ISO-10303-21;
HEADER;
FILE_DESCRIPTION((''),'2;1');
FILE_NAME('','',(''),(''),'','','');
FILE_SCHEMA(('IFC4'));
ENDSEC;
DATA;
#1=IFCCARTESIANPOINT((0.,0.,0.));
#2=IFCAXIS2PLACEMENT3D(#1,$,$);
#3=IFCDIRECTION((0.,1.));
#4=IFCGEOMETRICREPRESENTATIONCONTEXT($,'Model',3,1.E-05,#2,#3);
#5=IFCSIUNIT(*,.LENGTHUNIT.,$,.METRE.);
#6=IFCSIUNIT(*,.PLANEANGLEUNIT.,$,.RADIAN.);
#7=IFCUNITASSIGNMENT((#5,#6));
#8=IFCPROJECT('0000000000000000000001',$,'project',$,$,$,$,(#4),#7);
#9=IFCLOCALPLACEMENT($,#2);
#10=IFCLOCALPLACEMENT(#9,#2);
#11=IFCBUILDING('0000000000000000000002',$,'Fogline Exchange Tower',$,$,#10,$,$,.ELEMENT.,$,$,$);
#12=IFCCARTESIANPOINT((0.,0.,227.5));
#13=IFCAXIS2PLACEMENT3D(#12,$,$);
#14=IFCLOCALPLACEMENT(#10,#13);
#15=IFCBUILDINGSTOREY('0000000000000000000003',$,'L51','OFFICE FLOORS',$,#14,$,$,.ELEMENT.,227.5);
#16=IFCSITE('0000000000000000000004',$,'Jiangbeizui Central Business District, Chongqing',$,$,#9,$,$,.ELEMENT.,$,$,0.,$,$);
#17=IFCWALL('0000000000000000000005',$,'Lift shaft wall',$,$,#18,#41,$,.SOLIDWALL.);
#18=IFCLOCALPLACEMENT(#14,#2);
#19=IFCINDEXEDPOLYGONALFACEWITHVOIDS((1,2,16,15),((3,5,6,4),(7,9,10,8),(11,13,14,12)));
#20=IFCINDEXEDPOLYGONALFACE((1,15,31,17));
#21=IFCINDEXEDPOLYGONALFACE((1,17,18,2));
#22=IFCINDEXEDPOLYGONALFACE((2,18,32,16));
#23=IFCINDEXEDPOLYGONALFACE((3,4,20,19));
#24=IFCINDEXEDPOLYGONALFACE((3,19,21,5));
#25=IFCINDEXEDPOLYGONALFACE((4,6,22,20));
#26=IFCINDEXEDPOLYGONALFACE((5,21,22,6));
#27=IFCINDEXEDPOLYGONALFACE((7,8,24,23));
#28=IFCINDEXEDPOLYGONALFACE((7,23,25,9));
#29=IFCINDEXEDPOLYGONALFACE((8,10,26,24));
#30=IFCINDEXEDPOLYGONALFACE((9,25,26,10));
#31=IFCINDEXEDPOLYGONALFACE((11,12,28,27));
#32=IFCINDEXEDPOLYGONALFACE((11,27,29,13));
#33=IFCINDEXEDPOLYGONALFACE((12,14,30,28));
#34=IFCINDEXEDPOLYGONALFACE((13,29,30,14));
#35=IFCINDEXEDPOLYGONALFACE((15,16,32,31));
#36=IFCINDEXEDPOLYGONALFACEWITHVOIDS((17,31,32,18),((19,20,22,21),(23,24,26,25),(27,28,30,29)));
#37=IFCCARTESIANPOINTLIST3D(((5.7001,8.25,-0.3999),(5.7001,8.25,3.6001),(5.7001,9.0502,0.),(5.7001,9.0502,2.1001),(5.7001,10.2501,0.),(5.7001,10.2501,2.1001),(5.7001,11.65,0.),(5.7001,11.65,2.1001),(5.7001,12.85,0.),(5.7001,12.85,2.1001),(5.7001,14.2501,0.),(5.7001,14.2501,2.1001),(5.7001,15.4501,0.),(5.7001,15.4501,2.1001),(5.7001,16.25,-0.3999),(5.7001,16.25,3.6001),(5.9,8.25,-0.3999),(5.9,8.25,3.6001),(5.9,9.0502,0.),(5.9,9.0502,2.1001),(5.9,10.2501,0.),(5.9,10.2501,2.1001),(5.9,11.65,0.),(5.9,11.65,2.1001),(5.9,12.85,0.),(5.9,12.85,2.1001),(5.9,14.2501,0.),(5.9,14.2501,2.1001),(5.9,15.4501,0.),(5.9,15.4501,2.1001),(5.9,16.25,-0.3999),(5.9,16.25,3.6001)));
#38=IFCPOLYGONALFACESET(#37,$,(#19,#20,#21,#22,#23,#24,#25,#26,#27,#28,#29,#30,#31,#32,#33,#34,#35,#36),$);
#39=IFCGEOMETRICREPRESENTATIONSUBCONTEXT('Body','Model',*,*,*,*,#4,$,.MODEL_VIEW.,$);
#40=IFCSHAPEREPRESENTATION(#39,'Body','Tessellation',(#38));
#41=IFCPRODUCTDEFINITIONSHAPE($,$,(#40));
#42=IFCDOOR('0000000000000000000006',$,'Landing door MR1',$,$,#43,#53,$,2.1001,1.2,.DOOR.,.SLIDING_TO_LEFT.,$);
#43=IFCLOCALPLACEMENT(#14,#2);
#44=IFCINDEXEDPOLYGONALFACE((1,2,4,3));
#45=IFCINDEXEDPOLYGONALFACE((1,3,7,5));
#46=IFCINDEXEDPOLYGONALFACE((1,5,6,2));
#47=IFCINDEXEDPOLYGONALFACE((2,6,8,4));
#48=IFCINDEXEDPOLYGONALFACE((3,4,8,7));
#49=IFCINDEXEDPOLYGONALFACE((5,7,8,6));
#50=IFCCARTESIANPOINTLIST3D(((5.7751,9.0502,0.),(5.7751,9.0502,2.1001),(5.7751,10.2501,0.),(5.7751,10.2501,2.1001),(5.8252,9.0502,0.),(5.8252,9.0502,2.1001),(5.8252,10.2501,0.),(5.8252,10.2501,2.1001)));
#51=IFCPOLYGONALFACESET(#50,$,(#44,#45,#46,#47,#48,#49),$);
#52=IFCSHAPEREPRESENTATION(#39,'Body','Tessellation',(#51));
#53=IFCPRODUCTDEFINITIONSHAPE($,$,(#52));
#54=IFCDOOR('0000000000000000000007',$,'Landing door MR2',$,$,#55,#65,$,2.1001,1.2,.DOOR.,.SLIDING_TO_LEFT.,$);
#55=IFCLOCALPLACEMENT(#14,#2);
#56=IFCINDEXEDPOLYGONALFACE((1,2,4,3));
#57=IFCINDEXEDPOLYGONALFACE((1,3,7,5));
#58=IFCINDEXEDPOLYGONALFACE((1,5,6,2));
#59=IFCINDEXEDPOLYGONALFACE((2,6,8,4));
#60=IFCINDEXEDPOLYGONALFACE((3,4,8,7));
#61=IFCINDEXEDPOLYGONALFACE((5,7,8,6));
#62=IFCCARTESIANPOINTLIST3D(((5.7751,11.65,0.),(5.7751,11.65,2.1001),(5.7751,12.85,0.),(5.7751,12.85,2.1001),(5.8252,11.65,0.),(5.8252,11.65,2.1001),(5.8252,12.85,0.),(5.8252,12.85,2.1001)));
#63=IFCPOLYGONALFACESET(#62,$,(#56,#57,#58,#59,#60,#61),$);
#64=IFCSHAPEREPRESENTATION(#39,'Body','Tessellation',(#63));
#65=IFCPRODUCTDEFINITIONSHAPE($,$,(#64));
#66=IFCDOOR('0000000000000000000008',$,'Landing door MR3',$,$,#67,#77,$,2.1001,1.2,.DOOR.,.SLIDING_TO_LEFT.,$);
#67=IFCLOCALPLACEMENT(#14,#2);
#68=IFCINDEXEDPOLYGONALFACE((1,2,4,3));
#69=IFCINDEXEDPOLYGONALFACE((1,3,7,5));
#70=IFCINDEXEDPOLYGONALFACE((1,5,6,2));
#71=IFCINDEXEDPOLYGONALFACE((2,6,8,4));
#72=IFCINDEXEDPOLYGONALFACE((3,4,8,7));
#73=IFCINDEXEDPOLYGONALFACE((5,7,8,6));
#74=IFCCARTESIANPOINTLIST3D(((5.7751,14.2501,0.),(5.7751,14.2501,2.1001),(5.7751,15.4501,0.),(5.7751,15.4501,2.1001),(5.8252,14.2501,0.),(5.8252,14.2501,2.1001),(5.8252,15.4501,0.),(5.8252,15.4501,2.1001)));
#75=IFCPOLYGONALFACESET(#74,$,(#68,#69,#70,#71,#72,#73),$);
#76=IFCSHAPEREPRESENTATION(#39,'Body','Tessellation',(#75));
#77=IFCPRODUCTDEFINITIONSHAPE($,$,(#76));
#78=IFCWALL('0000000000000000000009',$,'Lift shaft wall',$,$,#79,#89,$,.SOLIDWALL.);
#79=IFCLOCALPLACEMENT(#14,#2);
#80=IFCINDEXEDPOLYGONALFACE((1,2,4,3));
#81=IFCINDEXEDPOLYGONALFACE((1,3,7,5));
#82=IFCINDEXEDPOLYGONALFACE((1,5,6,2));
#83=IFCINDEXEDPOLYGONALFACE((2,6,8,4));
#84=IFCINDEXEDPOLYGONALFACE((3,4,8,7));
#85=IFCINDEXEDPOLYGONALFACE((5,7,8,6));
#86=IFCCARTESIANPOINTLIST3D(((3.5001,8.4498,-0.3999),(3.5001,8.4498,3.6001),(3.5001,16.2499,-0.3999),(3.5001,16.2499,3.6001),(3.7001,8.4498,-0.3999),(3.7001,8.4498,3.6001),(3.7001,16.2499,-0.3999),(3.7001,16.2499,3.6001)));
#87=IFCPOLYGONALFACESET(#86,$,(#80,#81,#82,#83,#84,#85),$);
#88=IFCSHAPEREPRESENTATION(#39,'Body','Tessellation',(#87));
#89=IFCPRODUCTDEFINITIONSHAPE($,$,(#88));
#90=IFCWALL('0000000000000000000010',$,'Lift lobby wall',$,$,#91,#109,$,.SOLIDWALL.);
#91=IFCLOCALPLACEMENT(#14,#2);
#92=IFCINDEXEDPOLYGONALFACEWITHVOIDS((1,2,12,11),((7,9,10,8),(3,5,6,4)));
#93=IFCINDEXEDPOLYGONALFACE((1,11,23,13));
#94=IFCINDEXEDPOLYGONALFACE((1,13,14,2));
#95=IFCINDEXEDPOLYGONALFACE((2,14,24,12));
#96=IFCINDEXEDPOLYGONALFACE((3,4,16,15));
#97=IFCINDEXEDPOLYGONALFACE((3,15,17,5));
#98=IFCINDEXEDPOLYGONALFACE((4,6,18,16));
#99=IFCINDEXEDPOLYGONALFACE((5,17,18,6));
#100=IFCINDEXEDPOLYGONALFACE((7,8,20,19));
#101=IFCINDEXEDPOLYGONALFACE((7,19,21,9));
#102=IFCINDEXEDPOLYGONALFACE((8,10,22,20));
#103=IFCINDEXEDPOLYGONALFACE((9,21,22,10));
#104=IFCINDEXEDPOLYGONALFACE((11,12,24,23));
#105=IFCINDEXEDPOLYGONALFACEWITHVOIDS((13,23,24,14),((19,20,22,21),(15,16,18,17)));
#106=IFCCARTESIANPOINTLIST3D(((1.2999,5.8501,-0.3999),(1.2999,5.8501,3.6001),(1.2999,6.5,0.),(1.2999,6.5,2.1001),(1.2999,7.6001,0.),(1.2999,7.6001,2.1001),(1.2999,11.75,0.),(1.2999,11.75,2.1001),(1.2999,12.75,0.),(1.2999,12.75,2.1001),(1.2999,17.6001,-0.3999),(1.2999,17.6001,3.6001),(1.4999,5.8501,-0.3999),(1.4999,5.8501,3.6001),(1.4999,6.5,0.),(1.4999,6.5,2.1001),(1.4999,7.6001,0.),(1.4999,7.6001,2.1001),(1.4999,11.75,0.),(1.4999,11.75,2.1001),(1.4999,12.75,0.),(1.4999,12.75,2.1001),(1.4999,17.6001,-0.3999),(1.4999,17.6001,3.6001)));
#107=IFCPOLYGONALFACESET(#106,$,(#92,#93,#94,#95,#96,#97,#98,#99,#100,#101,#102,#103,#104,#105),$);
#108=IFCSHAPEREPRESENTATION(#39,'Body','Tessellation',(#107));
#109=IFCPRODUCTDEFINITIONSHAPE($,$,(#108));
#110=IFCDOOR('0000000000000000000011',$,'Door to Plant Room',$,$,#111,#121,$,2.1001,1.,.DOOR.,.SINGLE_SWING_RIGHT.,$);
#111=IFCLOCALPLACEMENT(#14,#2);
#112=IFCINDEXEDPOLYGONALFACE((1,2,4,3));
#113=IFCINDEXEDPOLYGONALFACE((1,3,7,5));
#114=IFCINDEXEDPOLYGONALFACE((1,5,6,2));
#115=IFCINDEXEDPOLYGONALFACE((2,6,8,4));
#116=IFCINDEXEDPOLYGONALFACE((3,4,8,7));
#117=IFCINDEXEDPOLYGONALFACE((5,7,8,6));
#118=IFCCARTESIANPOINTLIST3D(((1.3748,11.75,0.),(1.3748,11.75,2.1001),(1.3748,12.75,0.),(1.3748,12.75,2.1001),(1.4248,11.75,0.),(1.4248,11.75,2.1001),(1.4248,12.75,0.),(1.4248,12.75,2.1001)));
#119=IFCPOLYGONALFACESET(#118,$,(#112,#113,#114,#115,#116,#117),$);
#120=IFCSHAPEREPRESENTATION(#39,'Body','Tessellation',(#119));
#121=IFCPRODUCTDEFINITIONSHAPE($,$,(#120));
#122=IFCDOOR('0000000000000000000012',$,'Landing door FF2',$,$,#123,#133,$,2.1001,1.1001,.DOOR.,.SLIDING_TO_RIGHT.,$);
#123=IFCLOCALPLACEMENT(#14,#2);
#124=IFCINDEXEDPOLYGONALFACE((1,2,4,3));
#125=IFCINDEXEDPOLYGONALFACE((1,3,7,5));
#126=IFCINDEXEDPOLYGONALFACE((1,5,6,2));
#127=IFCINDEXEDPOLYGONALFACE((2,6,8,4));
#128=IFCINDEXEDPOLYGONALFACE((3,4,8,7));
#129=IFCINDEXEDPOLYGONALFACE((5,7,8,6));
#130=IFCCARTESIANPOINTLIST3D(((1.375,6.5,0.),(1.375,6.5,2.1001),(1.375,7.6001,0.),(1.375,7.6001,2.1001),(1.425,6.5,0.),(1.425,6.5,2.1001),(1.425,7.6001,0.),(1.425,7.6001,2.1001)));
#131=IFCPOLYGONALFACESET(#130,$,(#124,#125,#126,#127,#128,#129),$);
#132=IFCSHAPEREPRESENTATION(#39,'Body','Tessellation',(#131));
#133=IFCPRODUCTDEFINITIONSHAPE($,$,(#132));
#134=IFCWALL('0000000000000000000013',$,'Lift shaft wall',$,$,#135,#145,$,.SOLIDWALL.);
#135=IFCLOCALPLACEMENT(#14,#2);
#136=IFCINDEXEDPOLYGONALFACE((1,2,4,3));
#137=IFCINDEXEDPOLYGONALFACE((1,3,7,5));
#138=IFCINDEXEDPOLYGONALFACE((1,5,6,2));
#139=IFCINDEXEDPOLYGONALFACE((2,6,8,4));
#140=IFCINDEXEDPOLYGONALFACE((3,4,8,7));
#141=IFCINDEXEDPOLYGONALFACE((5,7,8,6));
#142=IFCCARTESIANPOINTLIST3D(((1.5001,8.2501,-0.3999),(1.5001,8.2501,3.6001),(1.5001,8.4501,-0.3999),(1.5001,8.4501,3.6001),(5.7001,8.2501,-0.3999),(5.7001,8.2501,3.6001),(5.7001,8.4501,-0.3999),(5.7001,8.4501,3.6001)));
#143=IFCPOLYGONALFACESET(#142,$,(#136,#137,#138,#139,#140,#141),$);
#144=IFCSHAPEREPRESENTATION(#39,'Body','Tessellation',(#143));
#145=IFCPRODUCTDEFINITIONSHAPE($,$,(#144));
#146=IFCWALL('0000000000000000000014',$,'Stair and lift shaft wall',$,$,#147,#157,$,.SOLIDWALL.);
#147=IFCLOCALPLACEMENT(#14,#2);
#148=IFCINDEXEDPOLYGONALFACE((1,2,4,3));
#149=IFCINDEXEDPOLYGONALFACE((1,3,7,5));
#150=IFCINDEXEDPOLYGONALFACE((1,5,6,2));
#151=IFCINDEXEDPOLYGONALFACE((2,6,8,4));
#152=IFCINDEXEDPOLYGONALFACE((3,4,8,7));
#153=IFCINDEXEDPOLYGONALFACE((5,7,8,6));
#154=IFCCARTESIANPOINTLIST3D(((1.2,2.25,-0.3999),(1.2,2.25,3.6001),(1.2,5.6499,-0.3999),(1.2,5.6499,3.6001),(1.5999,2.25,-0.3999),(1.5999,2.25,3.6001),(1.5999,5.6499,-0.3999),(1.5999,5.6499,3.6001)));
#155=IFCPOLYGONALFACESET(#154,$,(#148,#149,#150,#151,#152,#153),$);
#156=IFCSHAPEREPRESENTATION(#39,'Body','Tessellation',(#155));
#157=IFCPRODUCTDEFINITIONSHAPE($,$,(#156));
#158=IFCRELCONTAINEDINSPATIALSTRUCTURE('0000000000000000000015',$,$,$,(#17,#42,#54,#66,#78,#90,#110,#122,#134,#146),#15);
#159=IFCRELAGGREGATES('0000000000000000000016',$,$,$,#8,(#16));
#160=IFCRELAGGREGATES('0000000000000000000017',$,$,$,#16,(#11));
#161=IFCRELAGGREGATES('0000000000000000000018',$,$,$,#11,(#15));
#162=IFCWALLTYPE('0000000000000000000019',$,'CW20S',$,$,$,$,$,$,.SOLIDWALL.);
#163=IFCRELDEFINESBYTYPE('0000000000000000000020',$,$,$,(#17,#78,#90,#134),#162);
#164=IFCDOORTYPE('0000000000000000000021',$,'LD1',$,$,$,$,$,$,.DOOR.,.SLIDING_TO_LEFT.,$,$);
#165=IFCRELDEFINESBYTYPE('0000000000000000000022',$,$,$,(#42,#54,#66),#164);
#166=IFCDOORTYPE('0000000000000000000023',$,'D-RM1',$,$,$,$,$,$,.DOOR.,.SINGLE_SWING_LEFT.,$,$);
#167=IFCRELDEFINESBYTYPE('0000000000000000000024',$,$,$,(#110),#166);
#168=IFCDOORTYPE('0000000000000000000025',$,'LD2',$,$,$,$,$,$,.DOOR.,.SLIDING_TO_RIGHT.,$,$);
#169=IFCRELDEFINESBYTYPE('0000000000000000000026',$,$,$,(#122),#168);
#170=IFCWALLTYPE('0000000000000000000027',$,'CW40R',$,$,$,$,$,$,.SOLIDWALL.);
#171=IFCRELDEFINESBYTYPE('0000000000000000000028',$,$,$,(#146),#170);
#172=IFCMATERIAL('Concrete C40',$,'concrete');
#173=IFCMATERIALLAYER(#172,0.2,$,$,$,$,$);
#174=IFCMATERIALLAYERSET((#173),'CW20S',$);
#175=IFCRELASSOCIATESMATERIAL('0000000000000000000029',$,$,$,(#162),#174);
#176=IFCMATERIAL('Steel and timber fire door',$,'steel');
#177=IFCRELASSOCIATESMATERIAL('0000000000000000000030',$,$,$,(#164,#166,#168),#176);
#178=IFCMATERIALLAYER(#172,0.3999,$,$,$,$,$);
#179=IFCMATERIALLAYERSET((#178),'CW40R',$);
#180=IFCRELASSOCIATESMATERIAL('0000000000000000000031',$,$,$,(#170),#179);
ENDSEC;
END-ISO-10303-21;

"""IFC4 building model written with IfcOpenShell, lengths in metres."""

from ifc_helpers import new_model, si_unit, direction, frame, frame_2d, origin, place, context, subcontext, project, spatial, rectangle, extrude, material, layer, layer_set, type_object, element, fill, save


model = new_model("IFC4")

# Units and contexts
model_context = context("Model", 3, precision=1e-05, world=origin(), true_north=direction((0.0, 1.0)))
body_context = subcontext(model_context, "Body", "Model", "MODEL_VIEW")
ifc_project = project(units=[si_unit("LENGTHUNIT", "METRE"), si_unit("PLANEANGLEUNIT", "RADIAN")], contexts=[model_context])

# Site, building, storey
site_placement = place(None, origin())
site = spatial("IfcSite", under=ifc_project, at=site_placement, Name="Jiangbeizui Central Business District, Chongqing", CompositionType="ELEMENT", RefElevation=0.0)
building_placement = place(site_placement, origin())
building = spatial("IfcBuilding", under=site, at=building_placement, Name="Fogline Exchange Tower", CompositionType="ELEMENT")
storey_placement = place(building_placement, frame((0.0, 0.0, 227.5)))
storey = spatial("IfcBuildingStorey", under=building, at=storey_placement, Name="L51", Description="OFFICE FLOORS", CompositionType="ELEMENT", Elevation=227.5)

# Shared definitions
ifc_material_1 = material(Name="Concrete C40", Category="concrete")

# Shared definitions
ifc_material_2 = material(Name="Steel and timber fire door", Category="steel")

# Wall, openings, doors
ifc_layer_1 = layer(ifc_material_1, 0.2)
ifc_layer_set_1 = layer_set([ifc_layer_1], Name="CW20S")
wall_type_1 = type_object("IfcWallType", Name="CW20S", PredefinedType="SOLIDWALL", material=ifc_layer_set_1)
wall_1_placement = place(storey_placement, frame((5.8, 8.25, -0.3999), z_axis=(0.0, 0.0, 1.0), x_axis=(0.0, 1.0, 0.0)))
wall_1 = element("IfcWall", 1, at=wall_1_placement, inside=storey, type_object=wall_type_1, Name="Lift shaft wall", PredefinedType="SOLIDWALL", context=body_context, shape_type="SweptSolid", body=[
    extrude(rectangle(XDim=8.0, YDim=0.2, at=frame_2d((4.0, 0.0))), origin(), (0.0, 0.0, 1.0), 4.0),
])
opening_1_placement = place(wall_1_placement, frame((0.8, 0.0, 0.3999)))
opening_1 = element("IfcOpeningElement", 2, at=opening_1_placement, cuts=wall_1, PredefinedType="OPENING", context=body_context, shape_type="SweptSolid", body=[
    extrude(rectangle(XDim=1.2, YDim=2.1001, at=frame_2d((0.6001, 1.05))), frame((0.0, 0.1099, 0.0), z_axis=(0.0, -1.0, 0.0), x_axis=(1.0, 0.0, 0.0)), (0.0, 0.0, 1.0), 0.22),
])
opening_2_placement = place(wall_1_placement, frame((3.3999, 0.0, 0.3999)))
opening_2 = element("IfcOpeningElement", 3, at=opening_2_placement, cuts=wall_1, PredefinedType="OPENING", context=body_context, shape_type="SweptSolid", body=[
    extrude(rectangle(XDim=1.2, YDim=2.1001, at=frame_2d((0.6001, 1.05))), frame((0.0, 0.1099, 0.0), z_axis=(0.0, -1.0, 0.0), x_axis=(1.0, 0.0, 0.0)), (0.0, 0.0, 1.0), 0.22),
])
opening_3_placement = place(wall_1_placement, frame((6.0, 0.0, 0.3999)))
opening_3 = element("IfcOpeningElement", 4, at=opening_3_placement, cuts=wall_1, PredefinedType="OPENING", context=body_context, shape_type="SweptSolid", body=[
    extrude(rectangle(XDim=1.2, YDim=2.1001, at=frame_2d((0.6001, 1.05))), frame((0.0, 0.1099, 0.0), z_axis=(0.0, -1.0, 0.0), x_axis=(1.0, 0.0, 0.0)), (0.0, 0.0, 1.0), 0.22),
])
door_type_1 = type_object("IfcDoorType", Name="LD1", OperationType="SLIDING_TO_LEFT", PredefinedType="DOOR", material=ifc_material_2)
door_1_placement = place(opening_1_placement, origin())
door_1 = element("IfcDoor", 5, at=door_1_placement, inside=storey, type_object=door_type_1, Name="Landing door MR1", OperationType="SLIDING_TO_LEFT", OverallHeight=2.1001, OverallWidth=1.2, PredefinedType="DOOR", context=body_context, shape_type="SweptSolid", body=[
    extrude(rectangle(XDim=1.2, YDim=2.1001, at=frame_2d((0.6001, 1.05))), frame((0.0, 0.0249, 0.0), z_axis=(0.0, -1.0, 0.0), x_axis=(1.0, 0.0, 0.0)), (0.0, 0.0, 1.0), 0.05),
])
fill(opening_1, door_1)
door_2_placement = place(opening_2_placement, origin())
door_2 = element("IfcDoor", 6, at=door_2_placement, inside=storey, type_object=door_type_1, Name="Landing door MR2", OperationType="SLIDING_TO_LEFT", OverallHeight=2.1001, OverallWidth=1.2, PredefinedType="DOOR", context=body_context, shape_type="SweptSolid", body=[
    extrude(rectangle(XDim=1.2, YDim=2.1001, at=frame_2d((0.6001, 1.05))), frame((0.0, 0.0249, 0.0), z_axis=(0.0, -1.0, 0.0), x_axis=(1.0, 0.0, 0.0)), (0.0, 0.0, 1.0), 0.05),
])
fill(opening_2, door_2)
door_3_placement = place(opening_3_placement, origin())
door_3 = element("IfcDoor", 7, at=door_3_placement, inside=storey, type_object=door_type_1, Name="Landing door MR3", OperationType="SLIDING_TO_LEFT", OverallHeight=2.1001, OverallWidth=1.2, PredefinedType="DOOR", context=body_context, shape_type="SweptSolid", body=[
    extrude(rectangle(XDim=1.2, YDim=2.1001, at=frame_2d((0.6001, 1.05))), frame((0.0, 0.0249, 0.0), z_axis=(0.0, -1.0, 0.0), x_axis=(1.0, 0.0, 0.0)), (0.0, 0.0, 1.0), 0.05),
])
fill(opening_3, door_3)

# Wall
wall_2_placement = place(storey_placement, frame((3.6001, 8.45, -0.3999), z_axis=(0.0, 0.0, 1.0), x_axis=(0.0, 1.0, 0.0)))
element("IfcWall", 8, at=wall_2_placement, inside=storey, type_object=wall_type_1, Name="Lift shaft wall", PredefinedType="SOLIDWALL", context=body_context, shape_type="SweptSolid", body=[
    extrude(rectangle(XDim=7.8, YDim=0.2, at=frame_2d((3.8999, 0.0))), origin(), (0.0, 0.0, 1.0), 4.0),
])

# Wall, openings, doors
wall_3_placement = place(storey_placement, frame((1.3999, 5.8501, -0.3999), z_axis=(0.0, 0.0, 1.0), x_axis=(0.0, 1.0, 0.0)))
wall_3 = element("IfcWall", 9, at=wall_3_placement, inside=storey, type_object=wall_type_1, Name="Lift lobby wall", PredefinedType="SOLIDWALL", context=body_context, shape_type="SweptSolid", body=[
    extrude(rectangle(XDim=11.75, YDim=0.2, at=frame_2d((5.875, 0.0))), origin(), (0.0, 0.0, 1.0), 4.0),
])
opening_4_placement = place(wall_3_placement, frame((0.6499, 0.0, 0.3999)))
opening_4 = element("IfcOpeningElement", 10, at=opening_4_placement, cuts=wall_3, PredefinedType="OPENING", context=body_context, shape_type="SweptSolid", body=[
    extrude(rectangle(XDim=1.1001, YDim=2.1001, at=frame_2d((0.55, 1.05))), frame((0.0, 0.1099, 0.0), z_axis=(0.0, -1.0, 0.0), x_axis=(1.0, 0.0, 0.0)), (0.0, 0.0, 1.0), 0.22),
])
opening_5_placement = place(wall_3_placement, frame((5.8999, 0.0, 0.3999)))
opening_5 = element("IfcOpeningElement", 11, at=opening_5_placement, cuts=wall_3, PredefinedType="OPENING", context=body_context, shape_type="SweptSolid", body=[
    extrude(rectangle(XDim=1.0, YDim=2.1001, at=frame_2d((0.5, 1.05))), frame((0.0, 0.1099, 0.0), z_axis=(0.0, -1.0, 0.0), x_axis=(1.0, 0.0, 0.0)), (0.0, 0.0, 1.0), 0.22),
])
door_type_2 = type_object("IfcDoorType", Name="D-RM1", OperationType="SINGLE_SWING_LEFT", PredefinedType="DOOR", material=ifc_material_2)
door_4_placement = place(opening_5_placement, frame((1.0, 0.0, 0.0), z_axis=(0.0, 0.0, 1.0), x_axis=(-1.0, 0.0, 0.0)))
door_4 = element("IfcDoor", 12, at=door_4_placement, inside=storey, type_object=door_type_2, Name="Door to Plant Room", OperationType="SINGLE_SWING_RIGHT", OverallHeight=2.1001, OverallWidth=1.0, PredefinedType="DOOR", context=body_context, shape_type="SweptSolid", body=[
    extrude(rectangle(XDim=1.0, YDim=2.1001, at=frame_2d((0.5, 1.05))), frame((0.0, 0.0249, 0.0), z_axis=(0.0, -1.0, 0.0), x_axis=(1.0, 0.0, 0.0)), (0.0, 0.0, 1.0), 0.05),
])
fill(opening_5, door_4)
door_type_3 = type_object("IfcDoorType", Name="LD2", OperationType="SLIDING_TO_RIGHT", PredefinedType="DOOR", material=ifc_material_2)
door_5_placement = place(opening_4_placement, origin())
door_5 = element("IfcDoor", 13, at=door_5_placement, inside=storey, type_object=door_type_3, Name="Landing door FF2", OperationType="SLIDING_TO_RIGHT", OverallHeight=2.1001, OverallWidth=1.1001, PredefinedType="DOOR", context=body_context, shape_type="SweptSolid", body=[
    extrude(rectangle(XDim=1.1001, YDim=2.1001, at=frame_2d((0.55, 1.05))), frame((0.0, 0.0249, 0.0), z_axis=(0.0, -1.0, 0.0), x_axis=(1.0, 0.0, 0.0)), (0.0, 0.0, 1.0), 0.05),
])
fill(opening_4, door_5)

# Walls
wall_4_placement = place(storey_placement, frame((1.5, 8.3501, -0.3999), z_axis=(0.0, 0.0, 1.0), x_axis=(1.0, 0.0, 0.0)))
element("IfcWall", 14, at=wall_4_placement, inside=storey, type_object=wall_type_1, Name="Lift shaft wall", PredefinedType="SOLIDWALL", context=body_context, shape_type="SweptSolid", body=[
    extrude(rectangle(XDim=4.2, YDim=0.2, at=frame_2d((2.1001, 0.0))), origin(), (0.0, 0.0, 1.0), 4.0),
])
ifc_layer_2 = layer(ifc_material_1, 0.3999)
ifc_layer_set_2 = layer_set([ifc_layer_2], Name="CW40R")
wall_type_2 = type_object("IfcWallType", Name="CW40R", PredefinedType="SOLIDWALL", material=ifc_layer_set_2)
wall_5_placement = place(storey_placement, frame((1.3999, 2.25, -0.3999), z_axis=(0.0, 0.0, 1.0), x_axis=(0.0, 1.0, 0.0)))
element("IfcWall", 15, at=wall_5_placement, inside=storey, type_object=wall_type_2, Name="Stair and lift shaft wall", PredefinedType="SOLIDWALL", context=body_context, shape_type="SweptSolid", body=[
    extrude(rectangle(XDim=3.3999, YDim=0.3999, at=frame_2d((1.7, 0.0))), origin(), (0.0, 0.0, 1.0), 4.0),
])

save(model, "model.ifc")
